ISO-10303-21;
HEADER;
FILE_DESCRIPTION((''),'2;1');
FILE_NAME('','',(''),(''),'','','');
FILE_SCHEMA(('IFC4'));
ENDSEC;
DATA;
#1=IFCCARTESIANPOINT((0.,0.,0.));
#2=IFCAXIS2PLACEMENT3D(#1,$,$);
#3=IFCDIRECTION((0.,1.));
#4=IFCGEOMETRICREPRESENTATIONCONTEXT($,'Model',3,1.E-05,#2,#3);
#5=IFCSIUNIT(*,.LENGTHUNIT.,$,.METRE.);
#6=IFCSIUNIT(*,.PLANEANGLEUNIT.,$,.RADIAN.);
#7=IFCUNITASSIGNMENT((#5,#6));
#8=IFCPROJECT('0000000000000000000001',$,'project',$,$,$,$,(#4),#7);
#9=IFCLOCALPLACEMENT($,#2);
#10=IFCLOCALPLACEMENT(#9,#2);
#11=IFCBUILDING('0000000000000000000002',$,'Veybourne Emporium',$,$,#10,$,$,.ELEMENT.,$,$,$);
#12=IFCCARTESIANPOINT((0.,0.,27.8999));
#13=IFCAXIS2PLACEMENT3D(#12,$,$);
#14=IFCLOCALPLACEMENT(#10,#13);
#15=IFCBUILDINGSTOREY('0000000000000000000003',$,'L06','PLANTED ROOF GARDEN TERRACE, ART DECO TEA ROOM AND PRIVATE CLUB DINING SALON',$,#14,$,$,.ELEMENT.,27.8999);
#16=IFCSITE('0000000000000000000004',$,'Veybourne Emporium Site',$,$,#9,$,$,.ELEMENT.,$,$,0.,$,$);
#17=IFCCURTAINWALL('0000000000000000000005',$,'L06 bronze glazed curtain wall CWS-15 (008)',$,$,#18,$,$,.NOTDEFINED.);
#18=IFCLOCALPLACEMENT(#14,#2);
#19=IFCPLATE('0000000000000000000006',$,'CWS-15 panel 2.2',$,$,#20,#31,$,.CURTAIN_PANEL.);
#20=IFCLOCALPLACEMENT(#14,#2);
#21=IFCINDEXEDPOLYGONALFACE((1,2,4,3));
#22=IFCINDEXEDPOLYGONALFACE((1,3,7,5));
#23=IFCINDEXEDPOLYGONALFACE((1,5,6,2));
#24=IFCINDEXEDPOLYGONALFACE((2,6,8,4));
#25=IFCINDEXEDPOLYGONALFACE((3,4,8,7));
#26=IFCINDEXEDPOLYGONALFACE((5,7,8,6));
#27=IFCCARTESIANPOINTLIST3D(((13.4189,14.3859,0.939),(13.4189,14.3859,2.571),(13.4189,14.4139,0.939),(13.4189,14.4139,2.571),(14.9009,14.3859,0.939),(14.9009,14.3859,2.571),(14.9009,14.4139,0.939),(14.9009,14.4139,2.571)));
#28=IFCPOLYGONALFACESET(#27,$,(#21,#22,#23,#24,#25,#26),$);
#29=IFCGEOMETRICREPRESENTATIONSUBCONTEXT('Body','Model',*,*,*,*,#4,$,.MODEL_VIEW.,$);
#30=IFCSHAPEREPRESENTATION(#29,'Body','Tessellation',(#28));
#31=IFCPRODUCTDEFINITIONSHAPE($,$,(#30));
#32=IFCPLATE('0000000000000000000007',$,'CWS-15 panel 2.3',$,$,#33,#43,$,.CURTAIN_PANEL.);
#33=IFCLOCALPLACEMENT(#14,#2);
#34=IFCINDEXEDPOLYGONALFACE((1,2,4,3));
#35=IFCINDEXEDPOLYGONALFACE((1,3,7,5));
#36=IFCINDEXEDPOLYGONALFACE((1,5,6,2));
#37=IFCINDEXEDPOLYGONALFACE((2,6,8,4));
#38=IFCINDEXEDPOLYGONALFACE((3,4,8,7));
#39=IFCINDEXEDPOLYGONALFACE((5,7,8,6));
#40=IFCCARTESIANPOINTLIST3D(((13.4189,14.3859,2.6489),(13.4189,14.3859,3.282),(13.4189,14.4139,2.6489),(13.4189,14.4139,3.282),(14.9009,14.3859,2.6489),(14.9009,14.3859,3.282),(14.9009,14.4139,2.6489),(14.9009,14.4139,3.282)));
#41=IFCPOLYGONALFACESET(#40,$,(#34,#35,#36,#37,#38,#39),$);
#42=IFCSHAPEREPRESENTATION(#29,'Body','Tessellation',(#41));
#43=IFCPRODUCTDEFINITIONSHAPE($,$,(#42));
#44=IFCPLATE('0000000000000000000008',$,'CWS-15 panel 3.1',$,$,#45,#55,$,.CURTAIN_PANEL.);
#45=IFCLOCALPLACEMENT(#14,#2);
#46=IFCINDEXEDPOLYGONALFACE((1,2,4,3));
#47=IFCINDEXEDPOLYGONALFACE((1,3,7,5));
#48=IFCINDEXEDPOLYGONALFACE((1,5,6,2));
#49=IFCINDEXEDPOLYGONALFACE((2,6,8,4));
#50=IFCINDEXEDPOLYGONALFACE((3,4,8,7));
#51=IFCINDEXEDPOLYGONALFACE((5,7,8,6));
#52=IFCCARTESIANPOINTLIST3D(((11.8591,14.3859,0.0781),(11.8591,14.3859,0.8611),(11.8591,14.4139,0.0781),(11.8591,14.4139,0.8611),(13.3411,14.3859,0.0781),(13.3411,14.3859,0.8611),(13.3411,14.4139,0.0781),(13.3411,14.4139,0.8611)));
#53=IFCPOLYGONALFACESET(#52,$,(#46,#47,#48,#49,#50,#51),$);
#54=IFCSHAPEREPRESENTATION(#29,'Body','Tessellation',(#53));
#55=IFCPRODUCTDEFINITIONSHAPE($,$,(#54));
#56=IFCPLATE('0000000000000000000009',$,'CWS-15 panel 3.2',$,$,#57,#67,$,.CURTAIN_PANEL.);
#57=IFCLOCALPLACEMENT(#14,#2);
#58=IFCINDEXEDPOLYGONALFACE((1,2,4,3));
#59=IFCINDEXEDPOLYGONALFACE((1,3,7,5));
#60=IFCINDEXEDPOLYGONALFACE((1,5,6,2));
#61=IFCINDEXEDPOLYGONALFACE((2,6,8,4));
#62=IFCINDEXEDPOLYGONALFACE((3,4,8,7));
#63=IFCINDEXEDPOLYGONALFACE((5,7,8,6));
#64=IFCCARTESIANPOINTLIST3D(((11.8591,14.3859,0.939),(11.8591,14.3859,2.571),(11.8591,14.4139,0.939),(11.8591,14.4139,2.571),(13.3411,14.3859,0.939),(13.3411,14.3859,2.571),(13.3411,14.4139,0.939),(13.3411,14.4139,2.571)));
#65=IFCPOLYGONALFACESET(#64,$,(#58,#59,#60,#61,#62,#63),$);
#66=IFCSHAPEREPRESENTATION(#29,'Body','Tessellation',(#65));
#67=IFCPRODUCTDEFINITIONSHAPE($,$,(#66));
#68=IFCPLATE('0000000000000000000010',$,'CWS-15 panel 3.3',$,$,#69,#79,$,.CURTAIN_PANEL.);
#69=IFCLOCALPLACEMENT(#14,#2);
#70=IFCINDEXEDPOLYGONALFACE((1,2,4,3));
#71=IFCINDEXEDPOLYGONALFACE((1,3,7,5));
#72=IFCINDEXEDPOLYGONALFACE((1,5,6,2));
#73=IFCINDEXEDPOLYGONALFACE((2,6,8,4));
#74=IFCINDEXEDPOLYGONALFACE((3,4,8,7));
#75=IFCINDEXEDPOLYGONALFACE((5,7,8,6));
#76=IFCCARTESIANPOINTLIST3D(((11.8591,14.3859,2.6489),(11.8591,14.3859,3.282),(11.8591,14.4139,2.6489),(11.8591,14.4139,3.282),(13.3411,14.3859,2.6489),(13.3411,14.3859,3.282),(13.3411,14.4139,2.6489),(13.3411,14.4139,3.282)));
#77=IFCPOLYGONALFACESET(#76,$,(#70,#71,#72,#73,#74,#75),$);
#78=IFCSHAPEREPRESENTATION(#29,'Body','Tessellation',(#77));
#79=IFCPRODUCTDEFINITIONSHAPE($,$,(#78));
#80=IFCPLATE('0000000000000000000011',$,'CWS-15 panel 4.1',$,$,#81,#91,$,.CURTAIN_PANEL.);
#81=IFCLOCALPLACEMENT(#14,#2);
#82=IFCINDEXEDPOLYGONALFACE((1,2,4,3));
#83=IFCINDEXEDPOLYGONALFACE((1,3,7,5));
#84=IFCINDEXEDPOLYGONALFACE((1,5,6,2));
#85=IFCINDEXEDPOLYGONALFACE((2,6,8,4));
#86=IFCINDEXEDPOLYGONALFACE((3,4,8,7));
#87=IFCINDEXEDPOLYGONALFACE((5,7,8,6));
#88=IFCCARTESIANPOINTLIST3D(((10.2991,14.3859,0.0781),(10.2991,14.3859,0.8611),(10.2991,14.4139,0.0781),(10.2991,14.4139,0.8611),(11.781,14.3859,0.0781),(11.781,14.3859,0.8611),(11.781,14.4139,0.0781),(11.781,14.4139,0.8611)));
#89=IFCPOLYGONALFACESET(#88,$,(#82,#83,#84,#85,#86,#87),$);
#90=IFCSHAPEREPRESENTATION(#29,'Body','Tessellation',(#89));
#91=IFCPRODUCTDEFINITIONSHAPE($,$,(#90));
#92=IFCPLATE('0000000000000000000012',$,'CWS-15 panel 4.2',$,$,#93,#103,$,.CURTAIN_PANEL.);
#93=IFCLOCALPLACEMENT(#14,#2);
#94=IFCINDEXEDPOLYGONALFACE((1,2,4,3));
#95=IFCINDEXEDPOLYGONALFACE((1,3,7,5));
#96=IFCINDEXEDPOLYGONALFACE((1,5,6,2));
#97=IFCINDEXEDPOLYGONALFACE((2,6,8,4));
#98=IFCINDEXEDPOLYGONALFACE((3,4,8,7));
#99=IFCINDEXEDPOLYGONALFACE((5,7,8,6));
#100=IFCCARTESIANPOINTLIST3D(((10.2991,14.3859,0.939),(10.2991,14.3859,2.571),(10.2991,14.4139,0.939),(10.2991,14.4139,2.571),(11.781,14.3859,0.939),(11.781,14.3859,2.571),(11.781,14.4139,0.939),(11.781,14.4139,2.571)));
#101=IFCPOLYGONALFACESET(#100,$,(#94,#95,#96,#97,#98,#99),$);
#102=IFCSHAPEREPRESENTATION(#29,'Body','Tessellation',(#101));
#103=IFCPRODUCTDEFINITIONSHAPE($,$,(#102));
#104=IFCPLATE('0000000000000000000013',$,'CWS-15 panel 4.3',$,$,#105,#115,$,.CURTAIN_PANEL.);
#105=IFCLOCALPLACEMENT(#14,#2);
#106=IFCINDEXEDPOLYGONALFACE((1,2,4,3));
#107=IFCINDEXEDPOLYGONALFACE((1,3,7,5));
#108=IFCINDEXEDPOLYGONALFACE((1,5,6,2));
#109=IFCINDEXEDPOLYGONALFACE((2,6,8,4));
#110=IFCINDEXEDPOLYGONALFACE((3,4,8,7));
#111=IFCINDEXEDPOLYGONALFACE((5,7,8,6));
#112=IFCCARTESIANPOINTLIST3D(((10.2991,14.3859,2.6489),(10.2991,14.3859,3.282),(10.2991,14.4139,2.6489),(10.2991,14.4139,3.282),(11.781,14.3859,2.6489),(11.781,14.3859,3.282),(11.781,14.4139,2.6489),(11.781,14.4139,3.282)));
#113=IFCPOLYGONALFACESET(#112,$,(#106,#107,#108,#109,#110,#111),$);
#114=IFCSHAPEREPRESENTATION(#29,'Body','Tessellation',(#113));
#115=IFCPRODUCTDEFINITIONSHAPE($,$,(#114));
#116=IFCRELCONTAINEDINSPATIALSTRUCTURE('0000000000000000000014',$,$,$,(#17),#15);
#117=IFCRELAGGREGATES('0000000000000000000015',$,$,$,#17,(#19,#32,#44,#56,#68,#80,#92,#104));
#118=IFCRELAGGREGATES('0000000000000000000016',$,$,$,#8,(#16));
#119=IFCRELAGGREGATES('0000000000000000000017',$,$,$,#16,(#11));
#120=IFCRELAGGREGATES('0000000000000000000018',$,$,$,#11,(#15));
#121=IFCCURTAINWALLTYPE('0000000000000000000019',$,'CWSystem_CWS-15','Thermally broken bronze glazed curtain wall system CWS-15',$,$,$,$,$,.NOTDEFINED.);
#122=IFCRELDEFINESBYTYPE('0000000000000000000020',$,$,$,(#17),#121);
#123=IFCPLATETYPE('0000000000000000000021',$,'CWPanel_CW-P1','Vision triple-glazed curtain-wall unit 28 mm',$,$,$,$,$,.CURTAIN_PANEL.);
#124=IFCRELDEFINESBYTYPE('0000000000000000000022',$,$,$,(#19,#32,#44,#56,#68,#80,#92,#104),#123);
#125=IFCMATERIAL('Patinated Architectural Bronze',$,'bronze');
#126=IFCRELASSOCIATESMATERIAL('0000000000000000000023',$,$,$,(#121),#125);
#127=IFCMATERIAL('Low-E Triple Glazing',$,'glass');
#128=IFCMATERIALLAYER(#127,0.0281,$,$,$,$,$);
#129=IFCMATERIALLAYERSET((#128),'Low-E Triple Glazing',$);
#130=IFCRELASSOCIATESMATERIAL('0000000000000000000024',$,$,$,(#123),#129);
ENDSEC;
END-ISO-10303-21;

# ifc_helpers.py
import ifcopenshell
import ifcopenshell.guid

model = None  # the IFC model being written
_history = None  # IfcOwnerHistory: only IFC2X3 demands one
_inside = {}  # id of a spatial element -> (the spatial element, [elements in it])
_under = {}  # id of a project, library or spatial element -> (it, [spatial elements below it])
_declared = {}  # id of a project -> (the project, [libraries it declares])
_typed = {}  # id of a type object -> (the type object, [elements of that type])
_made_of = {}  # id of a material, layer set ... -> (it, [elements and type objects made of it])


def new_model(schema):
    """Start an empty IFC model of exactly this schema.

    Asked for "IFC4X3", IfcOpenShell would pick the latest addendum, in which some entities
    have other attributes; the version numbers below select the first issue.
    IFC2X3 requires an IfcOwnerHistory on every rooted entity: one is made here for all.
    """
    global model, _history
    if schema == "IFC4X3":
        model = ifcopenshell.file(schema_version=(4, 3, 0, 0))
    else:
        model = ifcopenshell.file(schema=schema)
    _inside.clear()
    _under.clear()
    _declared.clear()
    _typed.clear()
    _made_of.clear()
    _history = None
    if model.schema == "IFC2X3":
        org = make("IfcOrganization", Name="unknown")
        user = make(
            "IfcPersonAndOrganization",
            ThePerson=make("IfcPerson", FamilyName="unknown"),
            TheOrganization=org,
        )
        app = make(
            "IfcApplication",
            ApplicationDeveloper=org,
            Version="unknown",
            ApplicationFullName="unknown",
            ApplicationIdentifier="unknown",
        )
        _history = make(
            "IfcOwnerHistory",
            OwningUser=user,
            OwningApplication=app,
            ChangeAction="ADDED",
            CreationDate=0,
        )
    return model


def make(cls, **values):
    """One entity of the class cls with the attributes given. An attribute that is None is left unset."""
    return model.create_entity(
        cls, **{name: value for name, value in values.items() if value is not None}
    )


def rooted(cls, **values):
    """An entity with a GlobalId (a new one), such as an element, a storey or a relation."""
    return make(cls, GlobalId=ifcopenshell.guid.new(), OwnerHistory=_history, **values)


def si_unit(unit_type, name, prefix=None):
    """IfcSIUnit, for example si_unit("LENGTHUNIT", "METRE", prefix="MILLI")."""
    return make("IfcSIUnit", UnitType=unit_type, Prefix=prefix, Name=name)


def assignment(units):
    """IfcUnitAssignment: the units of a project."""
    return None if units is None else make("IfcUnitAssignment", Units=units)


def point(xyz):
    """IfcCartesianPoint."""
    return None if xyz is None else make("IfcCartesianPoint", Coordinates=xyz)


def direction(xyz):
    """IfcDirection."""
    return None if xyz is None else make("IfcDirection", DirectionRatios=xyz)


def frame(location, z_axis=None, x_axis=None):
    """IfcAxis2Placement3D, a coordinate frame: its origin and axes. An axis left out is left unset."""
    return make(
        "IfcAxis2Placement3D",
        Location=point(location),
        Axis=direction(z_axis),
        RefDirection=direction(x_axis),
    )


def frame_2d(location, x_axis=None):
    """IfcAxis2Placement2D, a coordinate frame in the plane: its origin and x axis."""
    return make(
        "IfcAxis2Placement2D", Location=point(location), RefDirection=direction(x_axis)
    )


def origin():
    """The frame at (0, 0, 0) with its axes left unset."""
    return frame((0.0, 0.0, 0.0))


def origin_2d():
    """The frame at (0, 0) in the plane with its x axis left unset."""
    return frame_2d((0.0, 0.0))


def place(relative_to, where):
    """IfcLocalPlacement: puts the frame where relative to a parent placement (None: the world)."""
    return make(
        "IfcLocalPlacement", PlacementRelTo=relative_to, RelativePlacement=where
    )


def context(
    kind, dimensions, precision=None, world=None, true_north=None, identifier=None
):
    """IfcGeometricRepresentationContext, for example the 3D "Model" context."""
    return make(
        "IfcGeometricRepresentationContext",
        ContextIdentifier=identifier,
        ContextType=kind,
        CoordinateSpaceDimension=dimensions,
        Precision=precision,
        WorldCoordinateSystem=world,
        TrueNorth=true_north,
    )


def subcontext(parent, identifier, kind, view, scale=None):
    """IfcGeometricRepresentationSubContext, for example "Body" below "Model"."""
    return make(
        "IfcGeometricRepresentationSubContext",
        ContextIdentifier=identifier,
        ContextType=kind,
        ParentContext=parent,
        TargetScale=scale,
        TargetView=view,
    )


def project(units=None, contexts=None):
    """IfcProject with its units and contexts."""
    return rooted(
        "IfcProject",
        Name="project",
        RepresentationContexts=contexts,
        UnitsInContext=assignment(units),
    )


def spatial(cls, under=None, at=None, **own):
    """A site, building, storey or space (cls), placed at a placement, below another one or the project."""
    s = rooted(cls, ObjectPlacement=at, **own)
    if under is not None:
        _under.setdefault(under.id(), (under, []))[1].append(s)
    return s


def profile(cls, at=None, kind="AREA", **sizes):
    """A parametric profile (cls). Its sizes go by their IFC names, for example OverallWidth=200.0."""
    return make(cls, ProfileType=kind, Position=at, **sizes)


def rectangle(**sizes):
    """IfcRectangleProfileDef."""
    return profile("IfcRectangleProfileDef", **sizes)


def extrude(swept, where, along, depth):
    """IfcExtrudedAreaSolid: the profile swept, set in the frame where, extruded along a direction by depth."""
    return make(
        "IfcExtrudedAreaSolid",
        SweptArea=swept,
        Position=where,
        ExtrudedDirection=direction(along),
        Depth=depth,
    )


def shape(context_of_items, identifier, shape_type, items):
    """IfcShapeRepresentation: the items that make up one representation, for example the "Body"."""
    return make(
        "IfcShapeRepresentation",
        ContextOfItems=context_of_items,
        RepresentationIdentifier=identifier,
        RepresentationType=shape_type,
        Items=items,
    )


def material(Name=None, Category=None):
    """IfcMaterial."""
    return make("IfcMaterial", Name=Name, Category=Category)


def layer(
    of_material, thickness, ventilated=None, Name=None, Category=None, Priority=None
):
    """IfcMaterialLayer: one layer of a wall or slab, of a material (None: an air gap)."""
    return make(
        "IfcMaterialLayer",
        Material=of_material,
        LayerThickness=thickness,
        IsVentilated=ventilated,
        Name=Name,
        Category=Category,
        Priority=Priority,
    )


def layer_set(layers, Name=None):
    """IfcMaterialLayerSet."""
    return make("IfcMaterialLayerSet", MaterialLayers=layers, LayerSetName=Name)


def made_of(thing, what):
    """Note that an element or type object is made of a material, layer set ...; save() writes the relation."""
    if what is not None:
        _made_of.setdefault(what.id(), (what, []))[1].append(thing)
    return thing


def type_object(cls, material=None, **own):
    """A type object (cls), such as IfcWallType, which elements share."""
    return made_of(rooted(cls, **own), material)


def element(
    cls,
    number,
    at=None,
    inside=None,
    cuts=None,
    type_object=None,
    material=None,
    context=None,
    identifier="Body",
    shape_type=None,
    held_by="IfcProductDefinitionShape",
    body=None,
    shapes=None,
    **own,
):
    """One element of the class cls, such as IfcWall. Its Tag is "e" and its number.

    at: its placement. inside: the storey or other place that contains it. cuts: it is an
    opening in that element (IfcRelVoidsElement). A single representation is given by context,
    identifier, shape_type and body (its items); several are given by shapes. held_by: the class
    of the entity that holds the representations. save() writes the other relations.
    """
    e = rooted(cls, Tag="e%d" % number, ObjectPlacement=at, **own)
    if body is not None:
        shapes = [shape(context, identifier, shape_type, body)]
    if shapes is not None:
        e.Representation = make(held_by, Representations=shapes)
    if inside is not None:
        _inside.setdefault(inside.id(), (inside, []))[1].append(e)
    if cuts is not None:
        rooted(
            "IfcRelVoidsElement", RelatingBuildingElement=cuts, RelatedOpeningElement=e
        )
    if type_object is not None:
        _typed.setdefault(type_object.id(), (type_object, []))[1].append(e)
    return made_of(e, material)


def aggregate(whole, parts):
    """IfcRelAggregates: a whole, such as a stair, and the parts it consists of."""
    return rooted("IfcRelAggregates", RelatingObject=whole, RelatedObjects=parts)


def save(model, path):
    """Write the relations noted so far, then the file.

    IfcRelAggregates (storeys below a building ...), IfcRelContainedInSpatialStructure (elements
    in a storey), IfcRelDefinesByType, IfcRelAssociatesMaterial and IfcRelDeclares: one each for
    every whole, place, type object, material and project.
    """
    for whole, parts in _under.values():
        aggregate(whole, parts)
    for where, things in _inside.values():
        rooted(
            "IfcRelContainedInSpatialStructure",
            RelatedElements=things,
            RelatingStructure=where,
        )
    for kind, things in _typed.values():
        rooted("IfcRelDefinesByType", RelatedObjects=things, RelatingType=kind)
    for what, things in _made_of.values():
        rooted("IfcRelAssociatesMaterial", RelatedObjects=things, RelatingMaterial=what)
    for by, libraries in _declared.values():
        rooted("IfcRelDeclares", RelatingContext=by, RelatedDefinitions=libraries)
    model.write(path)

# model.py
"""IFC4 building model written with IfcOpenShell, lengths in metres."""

from ifc_helpers import new_model, si_unit, direction, frame, origin, origin_2d, place, context, subcontext, project, spatial, rectangle, extrude, material, layer, layer_set, type_object, element, aggregate, save


model = new_model("IFC4")

# Units and contexts
model_context = context("Model", 3, precision=1e-05, world=origin(), true_north=direction((0.0, 1.0)))
body_context = subcontext(model_context, "Body", "Model", "MODEL_VIEW")
ifc_project = project(units=[si_unit("LENGTHUNIT", "METRE"), si_unit("PLANEANGLEUNIT", "RADIAN")], contexts=[model_context])

# Site, building, storey
site_placement = place(None, origin())
site = spatial("IfcSite", under=ifc_project, at=site_placement, Name="Veybourne Emporium Site", CompositionType="ELEMENT", RefElevation=0.0)
building_placement = place(site_placement, origin())
building = spatial("IfcBuilding", under=site, at=building_placement, Name="Veybourne Emporium", CompositionType="ELEMENT")
storey_placement = place(building_placement, frame((0.0, 0.0, 27.8999)))
storey = spatial("IfcBuildingStorey", under=building, at=storey_placement, Name="L06", Description="PLANTED ROOF GARDEN TERRACE, ART DECO TEA ROOM AND PRIVATE CLUB DINING SALON", CompositionType="ELEMENT", Elevation=27.8999)

# Curtain wall, plates
ifc_material_1 = material(Name="Patinated Architectural Bronze", Category="bronze")
curtain_wall_type = type_object("IfcCurtainWallType", Name="CWSystem_CWS-15", Description="Thermally broken bronze glazed curtain wall system CWS-15", PredefinedType="NOTDEFINED", material=ifc_material_1)
curtain_wall_placement = place(storey_placement, origin())
curtain_wall = element("IfcCurtainWall", 1, at=curtain_wall_placement, inside=storey, type_object=curtain_wall_type, Name="L06 bronze glazed curtain wall CWS-15 (008)", PredefinedType="NOTDEFINED")
ifc_material_2 = material(Name="Low-E Triple Glazing", Category="glass")
ifc_layer = layer(ifc_material_2, 0.0281)
ifc_layer_set = layer_set([ifc_layer], Name="Low-E Triple Glazing")
plate_type = type_object("IfcPlateType", Name="CWPanel_CW-P1", Description="Vision triple-glazed curtain-wall unit 28 mm", PredefinedType="CURTAIN_PANEL", material=ifc_layer_set)
plate_1_placement = place(storey_placement, frame((14.1599, 14.3999, 0.939), z_axis=(0.0, 0.0, 1.0), x_axis=(-1.0, 0.0, 0.0)))
plate_1 = element("IfcPlate", 2, at=plate_1_placement, type_object=plate_type, Name="CWS-15 panel 2.2", PredefinedType="CURTAIN_PANEL", context=body_context, shape_type="SweptSolid", body=[
    extrude(rectangle(XDim=1.4819, YDim=0.0281, at=origin_2d()), origin(), (0.0, 0.0, 1.0), 1.6321),
])
plate_2_placement = place(storey_placement, frame((14.1599, 14.3999, 2.6489), z_axis=(0.0, 0.0, 1.0), x_axis=(-1.0, 0.0, 0.0)))
plate_2 = element("IfcPlate", 3, at=plate_2_placement, type_object=plate_type, Name="CWS-15 panel 2.3", PredefinedType="CURTAIN_PANEL", context=body_context, shape_type="SweptSolid", body=[
    extrude(rectangle(XDim=1.4819, YDim=0.0281, at=origin_2d()), origin(), (0.0, 0.0, 1.0), 0.6331),
])
plate_3_placement = place(storey_placement, frame((12.6001, 14.3999, 0.0781), z_axis=(0.0, 0.0, 1.0), x_axis=(-1.0, 0.0, 0.0)))
plate_3 = element("IfcPlate", 4, at=plate_3_placement, type_object=plate_type, Name="CWS-15 panel 3.1", PredefinedType="CURTAIN_PANEL", context=body_context, shape_type="SweptSolid", body=[
    extrude(rectangle(XDim=1.4819, YDim=0.0281, at=origin_2d()), origin(), (0.0, 0.0, 1.0), 0.783),
])
plate_4_placement = place(storey_placement, frame((12.6001, 14.3999, 0.939), z_axis=(0.0, 0.0, 1.0), x_axis=(-1.0, 0.0, 0.0)))
plate_4 = element("IfcPlate", 5, at=plate_4_placement, type_object=plate_type, Name="CWS-15 panel 3.2", PredefinedType="CURTAIN_PANEL", context=body_context, shape_type="SweptSolid", body=[
    extrude(rectangle(XDim=1.4819, YDim=0.0281, at=origin_2d()), origin(), (0.0, 0.0, 1.0), 1.6321),
])
plate_5_placement = place(storey_placement, frame((12.6001, 14.3999, 2.6489), z_axis=(0.0, 0.0, 1.0), x_axis=(-1.0, 0.0, 0.0)))
plate_5 = element("IfcPlate", 6, at=plate_5_placement, type_object=plate_type, Name="CWS-15 panel 3.3", PredefinedType="CURTAIN_PANEL", context=body_context, shape_type="SweptSolid", body=[
    extrude(rectangle(XDim=1.4819, YDim=0.0281, at=origin_2d()), origin(), (0.0, 0.0, 1.0), 0.6331),
])
plate_6_placement = place(storey_placement, frame((11.04, 14.3999, 0.0781), z_axis=(0.0, 0.0, 1.0), x_axis=(-1.0, 0.0, 0.0)))
plate_6 = element("IfcPlate", 7, at=plate_6_placement, type_object=plate_type, Name="CWS-15 panel 4.1", PredefinedType="CURTAIN_PANEL", context=body_context, shape_type="SweptSolid", body=[
    extrude(rectangle(XDim=1.4819, YDim=0.0281, at=origin_2d()), origin(), (0.0, 0.0, 1.0), 0.783),
])
plate_7_placement = place(storey_placement, frame((11.04, 14.3999, 0.939), z_axis=(0.0, 0.0, 1.0), x_axis=(-1.0, 0.0, 0.0)))
plate_7 = element("IfcPlate", 8, at=plate_7_placement, type_object=plate_type, Name="CWS-15 panel 4.2", PredefinedType="CURTAIN_PANEL", context=body_context, shape_type="SweptSolid", body=[
    extrude(rectangle(XDim=1.4819, YDim=0.0281, at=origin_2d()), origin(), (0.0, 0.0, 1.0), 1.6321),
])
plate_8_placement = place(storey_placement, frame((11.04, 14.3999, 2.6489), z_axis=(0.0, 0.0, 1.0), x_axis=(-1.0, 0.0, 0.0)))
plate_8 = element("IfcPlate", 9, at=plate_8_placement, type_object=plate_type, Name="CWS-15 panel 4.3", PredefinedType="CURTAIN_PANEL", context=body_context, shape_type="SweptSolid", body=[
    extrude(rectangle(XDim=1.4819, YDim=0.0281, at=origin_2d()), origin(), (0.0, 0.0, 1.0), 0.6331),
])
aggregate(curtain_wall, [plate_1, plate_2, plate_3, plate_4, plate_5, plate_6, plate_7, plate_8])

save(model, "model.ifc")
